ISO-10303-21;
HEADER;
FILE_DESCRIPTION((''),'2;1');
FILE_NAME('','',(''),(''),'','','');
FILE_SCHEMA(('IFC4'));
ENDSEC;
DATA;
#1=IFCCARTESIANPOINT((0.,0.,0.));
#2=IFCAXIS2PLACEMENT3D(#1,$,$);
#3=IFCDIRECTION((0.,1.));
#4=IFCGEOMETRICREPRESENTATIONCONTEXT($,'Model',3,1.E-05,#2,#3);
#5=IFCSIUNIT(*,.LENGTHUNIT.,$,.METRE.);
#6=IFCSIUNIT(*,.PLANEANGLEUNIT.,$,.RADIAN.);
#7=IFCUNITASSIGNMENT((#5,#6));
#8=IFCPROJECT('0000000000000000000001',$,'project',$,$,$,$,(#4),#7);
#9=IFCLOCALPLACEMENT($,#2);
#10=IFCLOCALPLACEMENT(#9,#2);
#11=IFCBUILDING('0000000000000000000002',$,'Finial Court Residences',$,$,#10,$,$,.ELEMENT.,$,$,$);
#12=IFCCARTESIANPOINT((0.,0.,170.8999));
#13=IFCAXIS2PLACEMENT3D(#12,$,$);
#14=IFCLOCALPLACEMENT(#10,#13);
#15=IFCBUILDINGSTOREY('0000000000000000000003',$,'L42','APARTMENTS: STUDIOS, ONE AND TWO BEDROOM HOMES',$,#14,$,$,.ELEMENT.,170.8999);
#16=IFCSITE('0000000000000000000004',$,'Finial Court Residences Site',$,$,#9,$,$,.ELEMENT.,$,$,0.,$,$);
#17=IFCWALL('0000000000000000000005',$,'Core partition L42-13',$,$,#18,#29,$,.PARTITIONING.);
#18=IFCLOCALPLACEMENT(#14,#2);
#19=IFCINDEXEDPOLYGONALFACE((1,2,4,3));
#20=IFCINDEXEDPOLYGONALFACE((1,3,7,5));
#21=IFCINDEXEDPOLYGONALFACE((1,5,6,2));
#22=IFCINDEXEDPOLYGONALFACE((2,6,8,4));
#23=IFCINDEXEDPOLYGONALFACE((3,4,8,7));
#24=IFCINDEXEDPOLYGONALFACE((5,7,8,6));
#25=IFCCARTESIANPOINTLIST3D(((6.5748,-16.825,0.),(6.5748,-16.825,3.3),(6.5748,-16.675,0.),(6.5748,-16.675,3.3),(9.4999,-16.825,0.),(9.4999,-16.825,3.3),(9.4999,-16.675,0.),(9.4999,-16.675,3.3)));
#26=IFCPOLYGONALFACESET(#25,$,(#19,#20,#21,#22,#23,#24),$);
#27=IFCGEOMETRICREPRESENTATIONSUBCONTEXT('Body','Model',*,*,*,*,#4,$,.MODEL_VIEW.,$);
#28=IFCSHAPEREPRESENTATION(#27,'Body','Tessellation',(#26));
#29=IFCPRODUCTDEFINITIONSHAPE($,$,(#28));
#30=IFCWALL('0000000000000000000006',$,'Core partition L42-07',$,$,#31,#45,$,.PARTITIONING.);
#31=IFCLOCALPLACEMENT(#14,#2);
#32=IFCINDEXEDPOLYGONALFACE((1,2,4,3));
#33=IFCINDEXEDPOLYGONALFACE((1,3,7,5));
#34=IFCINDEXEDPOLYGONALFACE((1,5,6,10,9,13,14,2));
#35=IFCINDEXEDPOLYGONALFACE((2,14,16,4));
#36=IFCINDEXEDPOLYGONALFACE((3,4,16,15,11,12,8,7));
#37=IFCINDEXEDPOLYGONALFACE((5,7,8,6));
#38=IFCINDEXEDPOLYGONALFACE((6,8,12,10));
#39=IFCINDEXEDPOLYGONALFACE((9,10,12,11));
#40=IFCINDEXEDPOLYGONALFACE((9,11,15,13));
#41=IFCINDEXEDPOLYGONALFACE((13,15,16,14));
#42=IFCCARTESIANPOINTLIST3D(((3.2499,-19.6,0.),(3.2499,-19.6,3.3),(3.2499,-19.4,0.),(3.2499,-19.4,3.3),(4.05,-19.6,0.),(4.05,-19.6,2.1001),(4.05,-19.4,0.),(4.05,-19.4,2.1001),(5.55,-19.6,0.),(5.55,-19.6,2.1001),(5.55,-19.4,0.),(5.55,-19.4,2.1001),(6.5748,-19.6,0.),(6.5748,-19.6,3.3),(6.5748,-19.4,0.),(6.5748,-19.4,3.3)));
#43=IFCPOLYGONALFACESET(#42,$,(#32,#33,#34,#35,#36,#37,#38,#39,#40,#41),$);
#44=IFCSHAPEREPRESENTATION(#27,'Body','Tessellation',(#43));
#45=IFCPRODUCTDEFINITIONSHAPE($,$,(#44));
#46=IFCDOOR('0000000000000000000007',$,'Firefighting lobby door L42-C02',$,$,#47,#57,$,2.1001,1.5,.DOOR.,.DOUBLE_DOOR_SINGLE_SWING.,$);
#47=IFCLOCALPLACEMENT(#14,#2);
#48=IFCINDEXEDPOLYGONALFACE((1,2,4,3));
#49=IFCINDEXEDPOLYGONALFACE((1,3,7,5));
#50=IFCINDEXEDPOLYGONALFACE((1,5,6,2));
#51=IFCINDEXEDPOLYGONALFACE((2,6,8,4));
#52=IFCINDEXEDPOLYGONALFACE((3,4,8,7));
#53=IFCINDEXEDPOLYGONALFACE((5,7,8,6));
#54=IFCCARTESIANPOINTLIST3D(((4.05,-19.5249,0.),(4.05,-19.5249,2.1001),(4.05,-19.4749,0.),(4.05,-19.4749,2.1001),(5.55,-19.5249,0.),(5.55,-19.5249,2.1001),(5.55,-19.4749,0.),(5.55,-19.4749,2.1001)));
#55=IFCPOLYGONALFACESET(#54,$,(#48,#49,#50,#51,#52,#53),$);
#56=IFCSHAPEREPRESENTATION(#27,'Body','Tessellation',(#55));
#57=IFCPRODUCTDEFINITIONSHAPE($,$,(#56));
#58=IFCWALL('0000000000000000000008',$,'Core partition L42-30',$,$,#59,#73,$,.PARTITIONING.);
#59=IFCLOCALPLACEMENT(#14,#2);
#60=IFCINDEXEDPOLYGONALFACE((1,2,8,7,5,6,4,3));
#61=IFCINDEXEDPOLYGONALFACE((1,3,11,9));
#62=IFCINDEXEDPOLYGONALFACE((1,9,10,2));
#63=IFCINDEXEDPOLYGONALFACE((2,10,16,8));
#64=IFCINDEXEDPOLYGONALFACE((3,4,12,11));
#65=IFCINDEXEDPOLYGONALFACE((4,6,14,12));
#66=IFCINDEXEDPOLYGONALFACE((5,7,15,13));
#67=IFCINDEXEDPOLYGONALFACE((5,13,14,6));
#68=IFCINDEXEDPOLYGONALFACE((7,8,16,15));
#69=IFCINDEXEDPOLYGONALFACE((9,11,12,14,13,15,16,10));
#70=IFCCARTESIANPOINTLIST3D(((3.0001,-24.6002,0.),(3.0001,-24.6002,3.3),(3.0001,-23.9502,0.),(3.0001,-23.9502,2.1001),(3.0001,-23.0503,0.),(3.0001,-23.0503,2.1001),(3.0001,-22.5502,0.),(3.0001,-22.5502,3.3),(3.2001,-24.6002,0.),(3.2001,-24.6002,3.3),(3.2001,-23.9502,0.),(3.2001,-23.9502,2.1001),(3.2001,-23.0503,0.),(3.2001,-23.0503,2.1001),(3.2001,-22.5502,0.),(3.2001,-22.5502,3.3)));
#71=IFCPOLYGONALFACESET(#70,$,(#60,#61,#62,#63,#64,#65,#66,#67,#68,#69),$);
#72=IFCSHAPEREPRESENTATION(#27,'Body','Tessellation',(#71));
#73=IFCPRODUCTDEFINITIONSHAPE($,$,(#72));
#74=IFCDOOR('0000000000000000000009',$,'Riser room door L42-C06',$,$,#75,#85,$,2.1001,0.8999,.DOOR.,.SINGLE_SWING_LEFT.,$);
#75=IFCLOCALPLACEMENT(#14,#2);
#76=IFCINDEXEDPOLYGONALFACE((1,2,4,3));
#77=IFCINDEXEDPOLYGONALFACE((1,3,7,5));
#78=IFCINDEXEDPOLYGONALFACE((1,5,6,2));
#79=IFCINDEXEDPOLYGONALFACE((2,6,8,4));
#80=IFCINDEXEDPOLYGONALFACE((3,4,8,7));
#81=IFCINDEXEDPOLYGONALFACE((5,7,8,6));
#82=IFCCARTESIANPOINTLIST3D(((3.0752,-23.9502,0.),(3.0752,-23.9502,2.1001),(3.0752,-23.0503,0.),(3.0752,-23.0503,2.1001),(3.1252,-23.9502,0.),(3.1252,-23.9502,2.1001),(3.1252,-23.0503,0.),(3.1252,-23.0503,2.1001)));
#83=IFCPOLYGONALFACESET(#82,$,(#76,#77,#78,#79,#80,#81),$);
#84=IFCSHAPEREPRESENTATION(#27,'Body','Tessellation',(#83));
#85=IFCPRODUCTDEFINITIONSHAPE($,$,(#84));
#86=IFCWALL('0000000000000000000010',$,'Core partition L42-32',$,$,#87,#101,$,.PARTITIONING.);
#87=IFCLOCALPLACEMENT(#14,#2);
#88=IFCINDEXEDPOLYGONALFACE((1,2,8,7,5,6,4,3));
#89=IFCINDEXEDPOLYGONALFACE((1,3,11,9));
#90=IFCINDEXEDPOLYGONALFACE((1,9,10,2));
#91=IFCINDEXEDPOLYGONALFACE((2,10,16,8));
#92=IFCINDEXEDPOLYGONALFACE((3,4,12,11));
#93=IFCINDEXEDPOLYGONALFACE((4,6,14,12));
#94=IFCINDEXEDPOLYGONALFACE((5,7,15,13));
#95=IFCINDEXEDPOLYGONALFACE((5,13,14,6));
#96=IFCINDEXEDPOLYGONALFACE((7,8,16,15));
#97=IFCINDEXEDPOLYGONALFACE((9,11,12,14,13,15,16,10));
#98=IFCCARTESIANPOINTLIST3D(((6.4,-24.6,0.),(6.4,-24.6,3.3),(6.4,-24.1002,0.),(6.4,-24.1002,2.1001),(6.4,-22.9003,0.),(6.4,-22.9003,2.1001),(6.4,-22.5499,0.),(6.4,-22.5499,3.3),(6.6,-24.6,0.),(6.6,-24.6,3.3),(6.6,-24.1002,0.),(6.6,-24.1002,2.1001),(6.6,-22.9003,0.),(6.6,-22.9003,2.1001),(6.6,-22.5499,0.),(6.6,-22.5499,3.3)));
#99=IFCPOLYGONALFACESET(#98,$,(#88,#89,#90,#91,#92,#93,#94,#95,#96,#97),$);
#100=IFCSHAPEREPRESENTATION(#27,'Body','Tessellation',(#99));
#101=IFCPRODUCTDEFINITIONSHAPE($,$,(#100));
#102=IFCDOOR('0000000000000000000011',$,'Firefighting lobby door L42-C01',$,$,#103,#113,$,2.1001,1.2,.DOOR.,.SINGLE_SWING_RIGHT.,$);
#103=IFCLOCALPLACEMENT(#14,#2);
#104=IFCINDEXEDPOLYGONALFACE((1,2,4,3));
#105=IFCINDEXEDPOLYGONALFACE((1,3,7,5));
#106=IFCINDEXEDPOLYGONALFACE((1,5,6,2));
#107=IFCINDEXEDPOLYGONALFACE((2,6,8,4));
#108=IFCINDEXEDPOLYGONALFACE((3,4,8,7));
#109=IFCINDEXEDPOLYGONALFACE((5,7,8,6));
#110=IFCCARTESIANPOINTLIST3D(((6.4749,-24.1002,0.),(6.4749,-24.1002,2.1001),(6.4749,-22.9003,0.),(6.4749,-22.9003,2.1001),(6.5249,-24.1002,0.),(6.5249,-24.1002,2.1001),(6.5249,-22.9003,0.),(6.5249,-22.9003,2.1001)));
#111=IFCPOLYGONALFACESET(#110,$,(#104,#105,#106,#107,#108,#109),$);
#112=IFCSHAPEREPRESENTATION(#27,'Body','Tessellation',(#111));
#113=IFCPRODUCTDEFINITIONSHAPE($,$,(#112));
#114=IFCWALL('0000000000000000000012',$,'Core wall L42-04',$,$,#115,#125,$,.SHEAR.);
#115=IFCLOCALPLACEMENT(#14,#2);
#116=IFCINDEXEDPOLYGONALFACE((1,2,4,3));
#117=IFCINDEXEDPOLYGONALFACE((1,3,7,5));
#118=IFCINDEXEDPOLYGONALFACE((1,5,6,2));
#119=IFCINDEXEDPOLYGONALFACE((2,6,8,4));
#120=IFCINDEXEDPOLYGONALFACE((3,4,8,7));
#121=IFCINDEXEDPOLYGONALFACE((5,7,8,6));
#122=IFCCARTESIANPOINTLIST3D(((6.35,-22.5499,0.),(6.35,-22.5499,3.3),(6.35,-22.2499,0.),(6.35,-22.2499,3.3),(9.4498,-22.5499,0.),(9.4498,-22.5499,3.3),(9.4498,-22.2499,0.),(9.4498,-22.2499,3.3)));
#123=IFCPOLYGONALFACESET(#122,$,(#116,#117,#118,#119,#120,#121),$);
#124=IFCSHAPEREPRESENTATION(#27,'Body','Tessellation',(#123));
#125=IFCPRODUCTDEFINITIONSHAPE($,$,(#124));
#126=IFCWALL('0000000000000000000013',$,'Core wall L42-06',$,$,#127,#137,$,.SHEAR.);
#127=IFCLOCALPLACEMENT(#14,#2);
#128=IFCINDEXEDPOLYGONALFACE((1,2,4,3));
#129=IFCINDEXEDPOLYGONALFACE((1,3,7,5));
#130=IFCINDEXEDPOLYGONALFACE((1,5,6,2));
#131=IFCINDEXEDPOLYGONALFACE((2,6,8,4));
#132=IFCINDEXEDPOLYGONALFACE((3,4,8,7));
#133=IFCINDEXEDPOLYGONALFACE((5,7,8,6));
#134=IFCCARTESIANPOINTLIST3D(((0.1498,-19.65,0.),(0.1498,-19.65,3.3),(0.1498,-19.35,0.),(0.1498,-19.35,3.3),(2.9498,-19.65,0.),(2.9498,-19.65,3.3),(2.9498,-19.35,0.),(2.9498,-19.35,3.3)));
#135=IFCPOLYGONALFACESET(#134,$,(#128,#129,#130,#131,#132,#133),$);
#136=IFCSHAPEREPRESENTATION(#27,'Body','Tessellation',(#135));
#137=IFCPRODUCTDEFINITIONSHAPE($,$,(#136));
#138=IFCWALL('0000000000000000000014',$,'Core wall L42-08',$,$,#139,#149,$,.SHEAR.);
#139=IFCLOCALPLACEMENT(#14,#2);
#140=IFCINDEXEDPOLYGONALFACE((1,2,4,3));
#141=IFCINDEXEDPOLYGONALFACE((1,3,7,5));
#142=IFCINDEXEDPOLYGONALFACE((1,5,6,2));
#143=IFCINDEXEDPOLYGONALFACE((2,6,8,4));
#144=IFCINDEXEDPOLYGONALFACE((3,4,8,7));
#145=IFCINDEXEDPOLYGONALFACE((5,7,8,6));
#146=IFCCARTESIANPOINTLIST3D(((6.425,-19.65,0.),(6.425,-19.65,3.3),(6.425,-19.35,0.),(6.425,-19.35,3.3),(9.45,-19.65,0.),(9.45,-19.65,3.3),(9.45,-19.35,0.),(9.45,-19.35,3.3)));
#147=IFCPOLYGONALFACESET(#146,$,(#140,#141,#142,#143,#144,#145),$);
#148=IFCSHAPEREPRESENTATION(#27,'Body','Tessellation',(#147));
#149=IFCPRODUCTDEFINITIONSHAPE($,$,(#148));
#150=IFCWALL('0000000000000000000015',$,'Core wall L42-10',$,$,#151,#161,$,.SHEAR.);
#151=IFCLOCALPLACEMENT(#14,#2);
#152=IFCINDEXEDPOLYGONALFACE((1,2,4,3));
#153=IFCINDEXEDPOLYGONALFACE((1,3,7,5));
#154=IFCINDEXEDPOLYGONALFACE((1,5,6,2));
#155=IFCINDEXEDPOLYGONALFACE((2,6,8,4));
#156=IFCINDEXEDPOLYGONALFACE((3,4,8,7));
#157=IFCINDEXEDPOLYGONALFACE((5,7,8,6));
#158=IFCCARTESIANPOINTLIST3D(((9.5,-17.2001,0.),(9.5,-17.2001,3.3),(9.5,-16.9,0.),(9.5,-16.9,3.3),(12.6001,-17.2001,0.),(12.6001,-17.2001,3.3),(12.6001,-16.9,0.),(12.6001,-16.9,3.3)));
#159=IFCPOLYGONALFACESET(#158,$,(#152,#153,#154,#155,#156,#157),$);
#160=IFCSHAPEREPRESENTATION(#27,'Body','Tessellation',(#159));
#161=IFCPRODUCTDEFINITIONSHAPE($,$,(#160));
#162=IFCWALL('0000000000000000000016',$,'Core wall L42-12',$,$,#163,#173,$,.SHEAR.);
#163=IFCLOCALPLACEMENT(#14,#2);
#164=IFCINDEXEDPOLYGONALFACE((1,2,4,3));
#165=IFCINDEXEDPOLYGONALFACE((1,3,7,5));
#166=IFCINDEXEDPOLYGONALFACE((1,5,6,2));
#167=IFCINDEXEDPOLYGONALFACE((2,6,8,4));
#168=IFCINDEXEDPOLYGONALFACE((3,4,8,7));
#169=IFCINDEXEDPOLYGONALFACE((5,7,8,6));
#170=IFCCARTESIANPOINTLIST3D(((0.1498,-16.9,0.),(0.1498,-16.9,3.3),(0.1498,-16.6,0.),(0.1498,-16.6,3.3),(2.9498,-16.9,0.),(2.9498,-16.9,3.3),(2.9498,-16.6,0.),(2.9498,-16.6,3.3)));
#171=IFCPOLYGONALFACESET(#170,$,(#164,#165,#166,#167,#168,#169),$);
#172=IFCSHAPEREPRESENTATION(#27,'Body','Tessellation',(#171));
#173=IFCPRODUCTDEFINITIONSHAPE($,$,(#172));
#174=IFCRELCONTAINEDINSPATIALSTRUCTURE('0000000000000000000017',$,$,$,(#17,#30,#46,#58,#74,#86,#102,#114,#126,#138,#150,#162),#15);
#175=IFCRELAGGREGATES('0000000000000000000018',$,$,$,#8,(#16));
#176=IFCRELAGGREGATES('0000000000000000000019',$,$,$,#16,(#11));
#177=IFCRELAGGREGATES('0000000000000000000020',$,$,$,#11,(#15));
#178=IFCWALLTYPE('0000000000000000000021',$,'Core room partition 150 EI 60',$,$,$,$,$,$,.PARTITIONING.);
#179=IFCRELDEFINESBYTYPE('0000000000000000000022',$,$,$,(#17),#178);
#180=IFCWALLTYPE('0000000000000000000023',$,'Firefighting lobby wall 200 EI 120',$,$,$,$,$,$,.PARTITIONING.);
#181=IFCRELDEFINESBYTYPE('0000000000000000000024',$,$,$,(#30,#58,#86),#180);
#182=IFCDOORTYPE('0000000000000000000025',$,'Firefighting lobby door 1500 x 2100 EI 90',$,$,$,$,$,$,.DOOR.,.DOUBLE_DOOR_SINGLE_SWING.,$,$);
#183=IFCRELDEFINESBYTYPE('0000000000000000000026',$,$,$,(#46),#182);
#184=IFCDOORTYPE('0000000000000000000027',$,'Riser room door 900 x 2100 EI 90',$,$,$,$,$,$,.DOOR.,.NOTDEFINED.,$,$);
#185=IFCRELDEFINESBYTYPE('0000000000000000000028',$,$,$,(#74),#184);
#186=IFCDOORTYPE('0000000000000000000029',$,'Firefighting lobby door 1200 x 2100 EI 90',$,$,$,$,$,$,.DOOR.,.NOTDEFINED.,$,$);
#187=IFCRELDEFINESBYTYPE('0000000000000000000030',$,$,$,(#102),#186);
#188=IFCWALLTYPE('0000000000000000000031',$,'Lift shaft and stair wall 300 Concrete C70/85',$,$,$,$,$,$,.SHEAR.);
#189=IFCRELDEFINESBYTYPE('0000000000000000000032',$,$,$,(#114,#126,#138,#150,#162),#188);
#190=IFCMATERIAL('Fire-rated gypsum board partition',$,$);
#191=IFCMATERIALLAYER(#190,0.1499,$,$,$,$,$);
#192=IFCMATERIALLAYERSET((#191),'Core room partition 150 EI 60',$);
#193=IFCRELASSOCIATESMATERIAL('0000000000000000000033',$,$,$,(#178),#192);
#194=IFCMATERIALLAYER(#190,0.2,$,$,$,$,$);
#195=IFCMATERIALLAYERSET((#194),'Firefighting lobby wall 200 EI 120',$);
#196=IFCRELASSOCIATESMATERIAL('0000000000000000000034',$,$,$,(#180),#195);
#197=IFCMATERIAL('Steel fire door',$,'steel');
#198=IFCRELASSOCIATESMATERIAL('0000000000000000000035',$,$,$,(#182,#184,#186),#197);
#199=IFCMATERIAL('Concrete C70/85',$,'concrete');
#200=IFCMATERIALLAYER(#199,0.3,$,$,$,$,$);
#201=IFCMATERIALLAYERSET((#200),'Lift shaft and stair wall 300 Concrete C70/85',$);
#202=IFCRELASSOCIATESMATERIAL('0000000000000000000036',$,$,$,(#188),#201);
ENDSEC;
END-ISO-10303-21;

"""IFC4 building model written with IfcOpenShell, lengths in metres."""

from ifc_helpers import new_model, si_unit, direction, frame, frame_2d, origin, place, context, subcontext, project, spatial, rectangle, extrude, material, layer, layer_set, type_object, element, fill, save


model = new_model("IFC4")

# Units and contexts
model_context = context("Model", 3, precision=1e-05, world=origin(), true_north=direction((0.0, 1.0)))
body_context = subcontext(model_context, "Body", "Model", "MODEL_VIEW")
ifc_project = project(units=[si_unit("LENGTHUNIT", "METRE"), si_unit("PLANEANGLEUNIT", "RADIAN")], contexts=[model_context])

# Site, building, storey
site_placement = place(None, origin())
site = spatial("IfcSite", under=ifc_project, at=site_placement, Name="Finial Court Residences Site", CompositionType="ELEMENT", RefElevation=0.0)
building_placement = place(site_placement, origin())
building = spatial("IfcBuilding", under=site, at=building_placement, Name="Finial Court Residences", CompositionType="ELEMENT")
storey_placement = place(building_placement, frame((0.0, 0.0, 170.8999)))
storey = spatial("IfcBuildingStorey", under=building, at=storey_placement, Name="L42", Description="APARTMENTS: STUDIOS, ONE AND TWO BEDROOM HOMES", CompositionType="ELEMENT", Elevation=170.8999)

# Wall
ifc_material_1 = material(Name="Fire-rated gypsum board partition")
ifc_layer_1 = layer(ifc_material_1, 0.1499)
ifc_layer_set_1 = layer_set([ifc_layer_1], Name="Core room partition 150 EI 60")
wall_type_1 = type_object("IfcWallType", Name="Core room partition 150 EI 60", PredefinedType="PARTITIONING", material=ifc_layer_set_1)
wall_1_placement = place(storey_placement, frame((6.575, -16.75, 0.0), z_axis=(0.0, 0.0, 1.0), x_axis=(1.0, 0.0, 0.0)))
element("IfcWall", 1, at=wall_1_placement, inside=storey, type_object=wall_type_1, Name="Core partition L42-13", PredefinedType="PARTITIONING", context=body_context, shape_type="SweptSolid", body=[
    extrude(rectangle(XDim=2.925, YDim=0.1499, at=frame_2d((1.4624, 0.0))), origin(), (0.0, 0.0, 1.0), 3.3),
])

# Walls, openings, doors
ifc_layer_2 = layer(ifc_material_1, 0.2)
ifc_layer_set_2 = layer_set([ifc_layer_2], Name="Firefighting lobby wall 200 EI 120")
wall_type_2 = type_object("IfcWallType", Name="Firefighting lobby wall 200 EI 120", PredefinedType="PARTITIONING", material=ifc_layer_set_2)
wall_2_placement = place(storey_placement, frame((6.575, -19.5, 0.0), z_axis=(0.0, 0.0, 1.0), x_axis=(-1.0, 0.0, 0.0)))
wall_2 = element("IfcWall", 2, at=wall_2_placement, inside=storey, type_object=wall_type_2, Name="Core partition L42-07", PredefinedType="PARTITIONING", context=body_context, shape_type="SweptSolid", body=[
    extrude(rectangle(XDim=3.325, YDim=0.2, at=frame_2d((1.6626, 0.0))), origin(), (0.0, 0.0, 1.0), 3.3),
])
opening_1_placement = place(wall_2_placement, frame((1.0249, 0.0, 0.0)))
opening_1 = element("IfcOpeningElement", 3, at=opening_1_placement, cuts=wall_2, PredefinedType="OPENING", context=body_context, shape_type="SweptSolid", body=[
    extrude(rectangle(XDim=1.5, YDim=2.1001, at=frame_2d((0.75, 1.05))), frame((0.0, 0.1099, 0.0), z_axis=(0.0, -1.0, 0.0), x_axis=(1.0, 0.0, 0.0)), (0.0, 0.0, 1.0), 0.22),
])
ifc_material_2 = material(Name="Steel fire door", Category="steel")
door_type_1 = type_object("IfcDoorType", Name="Firefighting lobby door 1500 x 2100 EI 90", OperationType="DOUBLE_DOOR_SINGLE_SWING", PredefinedType="DOOR", material=ifc_material_2)
door_1_placement = place(opening_1_placement, origin())
door_1 = element("IfcDoor", 4, at=door_1_placement, inside=storey, type_object=door_type_1, Name="Firefighting lobby door L42-C02", OperationType="DOUBLE_DOOR_SINGLE_SWING", OverallHeight=2.1001, OverallWidth=1.5, PredefinedType="DOOR", context=body_context, shape_type="SweptSolid", body=[
    extrude(rectangle(XDim=1.5, YDim=2.1001, at=frame_2d((0.75, 1.05))), frame((0.0, 0.0249, 0.0), z_axis=(0.0, -1.0, 0.0), x_axis=(1.0, 0.0, 0.0)), (0.0, 0.0, 1.0), 0.05),
])
fill(opening_1, door_1)
wall_3_placement = place(storey_placement, frame((3.1001, -24.6001, 0.0), z_axis=(0.0, 0.0, 1.0), x_axis=(0.0, 1.0, 0.0)))
wall_3 = element("IfcWall", 5, at=wall_3_placement, inside=storey, type_object=wall_type_2, Name="Core partition L42-30", PredefinedType="PARTITIONING", context=body_context, shape_type="SweptSolid", body=[
    extrude(rectangle(XDim=2.05, YDim=0.2, at=frame_2d((1.0249, 0.0))), origin(), (0.0, 0.0, 1.0), 3.3),
])
opening_2_placement = place(wall_3_placement, frame((0.6499, 0.0, 0.0)))
opening_2 = element("IfcOpeningElement", 6, at=opening_2_placement, cuts=wall_3, PredefinedType="OPENING", context=body_context, shape_type="SweptSolid", body=[
    extrude(rectangle(XDim=0.8999, YDim=2.1001, at=frame_2d((0.45, 1.05))), frame((0.0, 0.1099, 0.0), z_axis=(0.0, -1.0, 0.0), x_axis=(1.0, 0.0, 0.0)), (0.0, 0.0, 1.0), 0.22),
])
door_type_2 = type_object("IfcDoorType", Name="Riser room door 900 x 2100 EI 90", OperationType="NOTDEFINED", PredefinedType="DOOR", material=ifc_material_2)
door_2_placement = place(opening_2_placement, origin())
door_2 = element("IfcDoor", 7, at=door_2_placement, inside=storey, type_object=door_type_2, Name="Riser room door L42-C06", OperationType="SINGLE_SWING_LEFT", OverallHeight=2.1001, OverallWidth=0.8999, PredefinedType="DOOR", context=body_context, shape_type="SweptSolid", body=[
    extrude(rectangle(XDim=0.8999, YDim=2.1001, at=frame_2d((0.45, 1.05))), frame((0.0, 0.0249, 0.0), z_axis=(0.0, -1.0, 0.0), x_axis=(1.0, 0.0, 0.0)), (0.0, 0.0, 1.0), 0.05),
])
fill(opening_2, door_2)
wall_4_placement = place(storey_placement, frame((6.5, -22.55, 0.0), z_axis=(0.0, 0.0, 1.0), x_axis=(0.0, -1.0, 0.0)))
wall_4 = element("IfcWall", 8, at=wall_4_placement, inside=storey, type_object=wall_type_2, Name="Core partition L42-32", PredefinedType="PARTITIONING", context=body_context, shape_type="SweptSolid", body=[
    extrude(rectangle(XDim=2.05, YDim=0.2, at=frame_2d((1.0249, 0.0))), origin(), (0.0, 0.0, 1.0), 3.3),
])
opening_3_placement = place(wall_4_placement, frame((0.3501, 0.0, 0.0)))
opening_3 = element("IfcOpeningElement", 9, at=opening_3_placement, cuts=wall_4, PredefinedType="OPENING", context=body_context, shape_type="SweptSolid", body=[
    extrude(rectangle(XDim=1.2, YDim=2.1001, at=frame_2d((0.6001, 1.05))), frame((0.0, 0.1099, 0.0), z_axis=(0.0, -1.0, 0.0), x_axis=(1.0, 0.0, 0.0)), (0.0, 0.0, 1.0), 0.22),
])
door_type_3 = type_object("IfcDoorType", Name="Firefighting lobby door 1200 x 2100 EI 90", OperationType="NOTDEFINED", PredefinedType="DOOR", material=ifc_material_2)
door_3_placement = place(opening_3_placement, origin())
door_3 = element("IfcDoor", 10, at=door_3_placement, inside=storey, type_object=door_type_3, Name="Firefighting lobby door L42-C01", OperationType="SINGLE_SWING_RIGHT", OverallHeight=2.1001, OverallWidth=1.2, PredefinedType="DOOR", context=body_context, shape_type="SweptSolid", body=[
    extrude(rectangle(XDim=1.2, YDim=2.1001, at=frame_2d((0.6001, 1.05))), frame((0.0, 0.0249, 0.0), z_axis=(0.0, -1.0, 0.0), x_axis=(1.0, 0.0, 0.0)), (0.0, 0.0, 1.0), 0.05),
])
fill(opening_3, door_3)

# Walls
ifc_material_3 = material(Name="Concrete C70/85", Category="concrete")
ifc_layer_3 = layer(ifc_material_3, 0.3)
ifc_layer_set_3 = layer_set([ifc_layer_3], Name="Lift shaft and stair wall 300 Concrete C70/85")
wall_type_3 = type_object("IfcWallType", Name="Lift shaft and stair wall 300 Concrete C70/85", PredefinedType="SHEAR", material=ifc_layer_set_3)
wall_5_placement = place(storey_placement, frame((6.3501, -22.3999, 0.0), z_axis=(0.0, 0.0, 1.0), x_axis=(1.0, 0.0, 0.0)))
element("IfcWall", 11, at=wall_5_placement, inside=storey, type_object=wall_type_3, Name="Core wall L42-04", PredefinedType="SHEAR", context=body_context, shape_type="SweptSolid", body=[
    extrude(rectangle(XDim=3.0999, YDim=0.3, at=frame_2d((1.5498, 0.0))), origin(), (0.0, 0.0, 1.0), 3.3),
])
wall_6_placement = place(storey_placement, frame((0.1499, -19.5, 0.0), z_axis=(0.0, 0.0, 1.0), x_axis=(1.0, 0.0, 0.0)))
element("IfcWall", 12, at=wall_6_placement, inside=storey, type_object=wall_type_3, Name="Core wall L42-06", PredefinedType="SHEAR", context=body_context, shape_type="SweptSolid", body=[
    extrude(rectangle(XDim=2.8, YDim=0.3, at=frame_2d((1.3999, 0.0))), origin(), (0.0, 0.0, 1.0), 3.3),
])
wall_7_placement = place(storey_placement, frame((6.425, -19.5, 0.0), z_axis=(0.0, 0.0, 1.0), x_axis=(1.0, 0.0, 0.0)))
element("IfcWall", 13, at=wall_7_placement, inside=storey, type_object=wall_type_3, Name="Core wall L42-08", PredefinedType="SHEAR", context=body_context, shape_type="SweptSolid", body=[
    extrude(rectangle(XDim=3.0249, YDim=0.3, at=frame_2d((1.5125, 0.0))), origin(), (0.0, 0.0, 1.0), 3.3),
])
wall_8_placement = place(storey_placement, frame((9.5, -17.05, 0.0), z_axis=(0.0, 0.0, 1.0), x_axis=(1.0, 0.0, 0.0)))
element("IfcWall", 14, at=wall_8_placement, inside=storey, type_object=wall_type_3, Name="Core wall L42-10", PredefinedType="SHEAR", context=body_context, shape_type="SweptSolid", body=[
    extrude(rectangle(XDim=3.1001, YDim=0.3, at=frame_2d((1.55, 0.0))), origin(), (0.0, 0.0, 1.0), 3.3),
])
for number, where, z_axis, x_axis, name in (
    (15, (0.1499, -16.75, 0.0), (0.0, 0.0, 1.0), (1.0, 0.0, 0.0), "Core wall L42-12"),
):
    element("IfcWall", number, at=place(storey_placement, frame(where, z_axis=z_axis, x_axis=x_axis)), inside=storey, type_object=wall_type_3, Name=name, PredefinedType="SHEAR", context=body_context, shape_type="SweptSolid", body=[
        extrude(rectangle(XDim=2.8, YDim=0.3, at=frame_2d((1.3999, 0.0))), origin(), (0.0, 0.0, 1.0), 3.3),
    ])

save(model, "model.ifc")
